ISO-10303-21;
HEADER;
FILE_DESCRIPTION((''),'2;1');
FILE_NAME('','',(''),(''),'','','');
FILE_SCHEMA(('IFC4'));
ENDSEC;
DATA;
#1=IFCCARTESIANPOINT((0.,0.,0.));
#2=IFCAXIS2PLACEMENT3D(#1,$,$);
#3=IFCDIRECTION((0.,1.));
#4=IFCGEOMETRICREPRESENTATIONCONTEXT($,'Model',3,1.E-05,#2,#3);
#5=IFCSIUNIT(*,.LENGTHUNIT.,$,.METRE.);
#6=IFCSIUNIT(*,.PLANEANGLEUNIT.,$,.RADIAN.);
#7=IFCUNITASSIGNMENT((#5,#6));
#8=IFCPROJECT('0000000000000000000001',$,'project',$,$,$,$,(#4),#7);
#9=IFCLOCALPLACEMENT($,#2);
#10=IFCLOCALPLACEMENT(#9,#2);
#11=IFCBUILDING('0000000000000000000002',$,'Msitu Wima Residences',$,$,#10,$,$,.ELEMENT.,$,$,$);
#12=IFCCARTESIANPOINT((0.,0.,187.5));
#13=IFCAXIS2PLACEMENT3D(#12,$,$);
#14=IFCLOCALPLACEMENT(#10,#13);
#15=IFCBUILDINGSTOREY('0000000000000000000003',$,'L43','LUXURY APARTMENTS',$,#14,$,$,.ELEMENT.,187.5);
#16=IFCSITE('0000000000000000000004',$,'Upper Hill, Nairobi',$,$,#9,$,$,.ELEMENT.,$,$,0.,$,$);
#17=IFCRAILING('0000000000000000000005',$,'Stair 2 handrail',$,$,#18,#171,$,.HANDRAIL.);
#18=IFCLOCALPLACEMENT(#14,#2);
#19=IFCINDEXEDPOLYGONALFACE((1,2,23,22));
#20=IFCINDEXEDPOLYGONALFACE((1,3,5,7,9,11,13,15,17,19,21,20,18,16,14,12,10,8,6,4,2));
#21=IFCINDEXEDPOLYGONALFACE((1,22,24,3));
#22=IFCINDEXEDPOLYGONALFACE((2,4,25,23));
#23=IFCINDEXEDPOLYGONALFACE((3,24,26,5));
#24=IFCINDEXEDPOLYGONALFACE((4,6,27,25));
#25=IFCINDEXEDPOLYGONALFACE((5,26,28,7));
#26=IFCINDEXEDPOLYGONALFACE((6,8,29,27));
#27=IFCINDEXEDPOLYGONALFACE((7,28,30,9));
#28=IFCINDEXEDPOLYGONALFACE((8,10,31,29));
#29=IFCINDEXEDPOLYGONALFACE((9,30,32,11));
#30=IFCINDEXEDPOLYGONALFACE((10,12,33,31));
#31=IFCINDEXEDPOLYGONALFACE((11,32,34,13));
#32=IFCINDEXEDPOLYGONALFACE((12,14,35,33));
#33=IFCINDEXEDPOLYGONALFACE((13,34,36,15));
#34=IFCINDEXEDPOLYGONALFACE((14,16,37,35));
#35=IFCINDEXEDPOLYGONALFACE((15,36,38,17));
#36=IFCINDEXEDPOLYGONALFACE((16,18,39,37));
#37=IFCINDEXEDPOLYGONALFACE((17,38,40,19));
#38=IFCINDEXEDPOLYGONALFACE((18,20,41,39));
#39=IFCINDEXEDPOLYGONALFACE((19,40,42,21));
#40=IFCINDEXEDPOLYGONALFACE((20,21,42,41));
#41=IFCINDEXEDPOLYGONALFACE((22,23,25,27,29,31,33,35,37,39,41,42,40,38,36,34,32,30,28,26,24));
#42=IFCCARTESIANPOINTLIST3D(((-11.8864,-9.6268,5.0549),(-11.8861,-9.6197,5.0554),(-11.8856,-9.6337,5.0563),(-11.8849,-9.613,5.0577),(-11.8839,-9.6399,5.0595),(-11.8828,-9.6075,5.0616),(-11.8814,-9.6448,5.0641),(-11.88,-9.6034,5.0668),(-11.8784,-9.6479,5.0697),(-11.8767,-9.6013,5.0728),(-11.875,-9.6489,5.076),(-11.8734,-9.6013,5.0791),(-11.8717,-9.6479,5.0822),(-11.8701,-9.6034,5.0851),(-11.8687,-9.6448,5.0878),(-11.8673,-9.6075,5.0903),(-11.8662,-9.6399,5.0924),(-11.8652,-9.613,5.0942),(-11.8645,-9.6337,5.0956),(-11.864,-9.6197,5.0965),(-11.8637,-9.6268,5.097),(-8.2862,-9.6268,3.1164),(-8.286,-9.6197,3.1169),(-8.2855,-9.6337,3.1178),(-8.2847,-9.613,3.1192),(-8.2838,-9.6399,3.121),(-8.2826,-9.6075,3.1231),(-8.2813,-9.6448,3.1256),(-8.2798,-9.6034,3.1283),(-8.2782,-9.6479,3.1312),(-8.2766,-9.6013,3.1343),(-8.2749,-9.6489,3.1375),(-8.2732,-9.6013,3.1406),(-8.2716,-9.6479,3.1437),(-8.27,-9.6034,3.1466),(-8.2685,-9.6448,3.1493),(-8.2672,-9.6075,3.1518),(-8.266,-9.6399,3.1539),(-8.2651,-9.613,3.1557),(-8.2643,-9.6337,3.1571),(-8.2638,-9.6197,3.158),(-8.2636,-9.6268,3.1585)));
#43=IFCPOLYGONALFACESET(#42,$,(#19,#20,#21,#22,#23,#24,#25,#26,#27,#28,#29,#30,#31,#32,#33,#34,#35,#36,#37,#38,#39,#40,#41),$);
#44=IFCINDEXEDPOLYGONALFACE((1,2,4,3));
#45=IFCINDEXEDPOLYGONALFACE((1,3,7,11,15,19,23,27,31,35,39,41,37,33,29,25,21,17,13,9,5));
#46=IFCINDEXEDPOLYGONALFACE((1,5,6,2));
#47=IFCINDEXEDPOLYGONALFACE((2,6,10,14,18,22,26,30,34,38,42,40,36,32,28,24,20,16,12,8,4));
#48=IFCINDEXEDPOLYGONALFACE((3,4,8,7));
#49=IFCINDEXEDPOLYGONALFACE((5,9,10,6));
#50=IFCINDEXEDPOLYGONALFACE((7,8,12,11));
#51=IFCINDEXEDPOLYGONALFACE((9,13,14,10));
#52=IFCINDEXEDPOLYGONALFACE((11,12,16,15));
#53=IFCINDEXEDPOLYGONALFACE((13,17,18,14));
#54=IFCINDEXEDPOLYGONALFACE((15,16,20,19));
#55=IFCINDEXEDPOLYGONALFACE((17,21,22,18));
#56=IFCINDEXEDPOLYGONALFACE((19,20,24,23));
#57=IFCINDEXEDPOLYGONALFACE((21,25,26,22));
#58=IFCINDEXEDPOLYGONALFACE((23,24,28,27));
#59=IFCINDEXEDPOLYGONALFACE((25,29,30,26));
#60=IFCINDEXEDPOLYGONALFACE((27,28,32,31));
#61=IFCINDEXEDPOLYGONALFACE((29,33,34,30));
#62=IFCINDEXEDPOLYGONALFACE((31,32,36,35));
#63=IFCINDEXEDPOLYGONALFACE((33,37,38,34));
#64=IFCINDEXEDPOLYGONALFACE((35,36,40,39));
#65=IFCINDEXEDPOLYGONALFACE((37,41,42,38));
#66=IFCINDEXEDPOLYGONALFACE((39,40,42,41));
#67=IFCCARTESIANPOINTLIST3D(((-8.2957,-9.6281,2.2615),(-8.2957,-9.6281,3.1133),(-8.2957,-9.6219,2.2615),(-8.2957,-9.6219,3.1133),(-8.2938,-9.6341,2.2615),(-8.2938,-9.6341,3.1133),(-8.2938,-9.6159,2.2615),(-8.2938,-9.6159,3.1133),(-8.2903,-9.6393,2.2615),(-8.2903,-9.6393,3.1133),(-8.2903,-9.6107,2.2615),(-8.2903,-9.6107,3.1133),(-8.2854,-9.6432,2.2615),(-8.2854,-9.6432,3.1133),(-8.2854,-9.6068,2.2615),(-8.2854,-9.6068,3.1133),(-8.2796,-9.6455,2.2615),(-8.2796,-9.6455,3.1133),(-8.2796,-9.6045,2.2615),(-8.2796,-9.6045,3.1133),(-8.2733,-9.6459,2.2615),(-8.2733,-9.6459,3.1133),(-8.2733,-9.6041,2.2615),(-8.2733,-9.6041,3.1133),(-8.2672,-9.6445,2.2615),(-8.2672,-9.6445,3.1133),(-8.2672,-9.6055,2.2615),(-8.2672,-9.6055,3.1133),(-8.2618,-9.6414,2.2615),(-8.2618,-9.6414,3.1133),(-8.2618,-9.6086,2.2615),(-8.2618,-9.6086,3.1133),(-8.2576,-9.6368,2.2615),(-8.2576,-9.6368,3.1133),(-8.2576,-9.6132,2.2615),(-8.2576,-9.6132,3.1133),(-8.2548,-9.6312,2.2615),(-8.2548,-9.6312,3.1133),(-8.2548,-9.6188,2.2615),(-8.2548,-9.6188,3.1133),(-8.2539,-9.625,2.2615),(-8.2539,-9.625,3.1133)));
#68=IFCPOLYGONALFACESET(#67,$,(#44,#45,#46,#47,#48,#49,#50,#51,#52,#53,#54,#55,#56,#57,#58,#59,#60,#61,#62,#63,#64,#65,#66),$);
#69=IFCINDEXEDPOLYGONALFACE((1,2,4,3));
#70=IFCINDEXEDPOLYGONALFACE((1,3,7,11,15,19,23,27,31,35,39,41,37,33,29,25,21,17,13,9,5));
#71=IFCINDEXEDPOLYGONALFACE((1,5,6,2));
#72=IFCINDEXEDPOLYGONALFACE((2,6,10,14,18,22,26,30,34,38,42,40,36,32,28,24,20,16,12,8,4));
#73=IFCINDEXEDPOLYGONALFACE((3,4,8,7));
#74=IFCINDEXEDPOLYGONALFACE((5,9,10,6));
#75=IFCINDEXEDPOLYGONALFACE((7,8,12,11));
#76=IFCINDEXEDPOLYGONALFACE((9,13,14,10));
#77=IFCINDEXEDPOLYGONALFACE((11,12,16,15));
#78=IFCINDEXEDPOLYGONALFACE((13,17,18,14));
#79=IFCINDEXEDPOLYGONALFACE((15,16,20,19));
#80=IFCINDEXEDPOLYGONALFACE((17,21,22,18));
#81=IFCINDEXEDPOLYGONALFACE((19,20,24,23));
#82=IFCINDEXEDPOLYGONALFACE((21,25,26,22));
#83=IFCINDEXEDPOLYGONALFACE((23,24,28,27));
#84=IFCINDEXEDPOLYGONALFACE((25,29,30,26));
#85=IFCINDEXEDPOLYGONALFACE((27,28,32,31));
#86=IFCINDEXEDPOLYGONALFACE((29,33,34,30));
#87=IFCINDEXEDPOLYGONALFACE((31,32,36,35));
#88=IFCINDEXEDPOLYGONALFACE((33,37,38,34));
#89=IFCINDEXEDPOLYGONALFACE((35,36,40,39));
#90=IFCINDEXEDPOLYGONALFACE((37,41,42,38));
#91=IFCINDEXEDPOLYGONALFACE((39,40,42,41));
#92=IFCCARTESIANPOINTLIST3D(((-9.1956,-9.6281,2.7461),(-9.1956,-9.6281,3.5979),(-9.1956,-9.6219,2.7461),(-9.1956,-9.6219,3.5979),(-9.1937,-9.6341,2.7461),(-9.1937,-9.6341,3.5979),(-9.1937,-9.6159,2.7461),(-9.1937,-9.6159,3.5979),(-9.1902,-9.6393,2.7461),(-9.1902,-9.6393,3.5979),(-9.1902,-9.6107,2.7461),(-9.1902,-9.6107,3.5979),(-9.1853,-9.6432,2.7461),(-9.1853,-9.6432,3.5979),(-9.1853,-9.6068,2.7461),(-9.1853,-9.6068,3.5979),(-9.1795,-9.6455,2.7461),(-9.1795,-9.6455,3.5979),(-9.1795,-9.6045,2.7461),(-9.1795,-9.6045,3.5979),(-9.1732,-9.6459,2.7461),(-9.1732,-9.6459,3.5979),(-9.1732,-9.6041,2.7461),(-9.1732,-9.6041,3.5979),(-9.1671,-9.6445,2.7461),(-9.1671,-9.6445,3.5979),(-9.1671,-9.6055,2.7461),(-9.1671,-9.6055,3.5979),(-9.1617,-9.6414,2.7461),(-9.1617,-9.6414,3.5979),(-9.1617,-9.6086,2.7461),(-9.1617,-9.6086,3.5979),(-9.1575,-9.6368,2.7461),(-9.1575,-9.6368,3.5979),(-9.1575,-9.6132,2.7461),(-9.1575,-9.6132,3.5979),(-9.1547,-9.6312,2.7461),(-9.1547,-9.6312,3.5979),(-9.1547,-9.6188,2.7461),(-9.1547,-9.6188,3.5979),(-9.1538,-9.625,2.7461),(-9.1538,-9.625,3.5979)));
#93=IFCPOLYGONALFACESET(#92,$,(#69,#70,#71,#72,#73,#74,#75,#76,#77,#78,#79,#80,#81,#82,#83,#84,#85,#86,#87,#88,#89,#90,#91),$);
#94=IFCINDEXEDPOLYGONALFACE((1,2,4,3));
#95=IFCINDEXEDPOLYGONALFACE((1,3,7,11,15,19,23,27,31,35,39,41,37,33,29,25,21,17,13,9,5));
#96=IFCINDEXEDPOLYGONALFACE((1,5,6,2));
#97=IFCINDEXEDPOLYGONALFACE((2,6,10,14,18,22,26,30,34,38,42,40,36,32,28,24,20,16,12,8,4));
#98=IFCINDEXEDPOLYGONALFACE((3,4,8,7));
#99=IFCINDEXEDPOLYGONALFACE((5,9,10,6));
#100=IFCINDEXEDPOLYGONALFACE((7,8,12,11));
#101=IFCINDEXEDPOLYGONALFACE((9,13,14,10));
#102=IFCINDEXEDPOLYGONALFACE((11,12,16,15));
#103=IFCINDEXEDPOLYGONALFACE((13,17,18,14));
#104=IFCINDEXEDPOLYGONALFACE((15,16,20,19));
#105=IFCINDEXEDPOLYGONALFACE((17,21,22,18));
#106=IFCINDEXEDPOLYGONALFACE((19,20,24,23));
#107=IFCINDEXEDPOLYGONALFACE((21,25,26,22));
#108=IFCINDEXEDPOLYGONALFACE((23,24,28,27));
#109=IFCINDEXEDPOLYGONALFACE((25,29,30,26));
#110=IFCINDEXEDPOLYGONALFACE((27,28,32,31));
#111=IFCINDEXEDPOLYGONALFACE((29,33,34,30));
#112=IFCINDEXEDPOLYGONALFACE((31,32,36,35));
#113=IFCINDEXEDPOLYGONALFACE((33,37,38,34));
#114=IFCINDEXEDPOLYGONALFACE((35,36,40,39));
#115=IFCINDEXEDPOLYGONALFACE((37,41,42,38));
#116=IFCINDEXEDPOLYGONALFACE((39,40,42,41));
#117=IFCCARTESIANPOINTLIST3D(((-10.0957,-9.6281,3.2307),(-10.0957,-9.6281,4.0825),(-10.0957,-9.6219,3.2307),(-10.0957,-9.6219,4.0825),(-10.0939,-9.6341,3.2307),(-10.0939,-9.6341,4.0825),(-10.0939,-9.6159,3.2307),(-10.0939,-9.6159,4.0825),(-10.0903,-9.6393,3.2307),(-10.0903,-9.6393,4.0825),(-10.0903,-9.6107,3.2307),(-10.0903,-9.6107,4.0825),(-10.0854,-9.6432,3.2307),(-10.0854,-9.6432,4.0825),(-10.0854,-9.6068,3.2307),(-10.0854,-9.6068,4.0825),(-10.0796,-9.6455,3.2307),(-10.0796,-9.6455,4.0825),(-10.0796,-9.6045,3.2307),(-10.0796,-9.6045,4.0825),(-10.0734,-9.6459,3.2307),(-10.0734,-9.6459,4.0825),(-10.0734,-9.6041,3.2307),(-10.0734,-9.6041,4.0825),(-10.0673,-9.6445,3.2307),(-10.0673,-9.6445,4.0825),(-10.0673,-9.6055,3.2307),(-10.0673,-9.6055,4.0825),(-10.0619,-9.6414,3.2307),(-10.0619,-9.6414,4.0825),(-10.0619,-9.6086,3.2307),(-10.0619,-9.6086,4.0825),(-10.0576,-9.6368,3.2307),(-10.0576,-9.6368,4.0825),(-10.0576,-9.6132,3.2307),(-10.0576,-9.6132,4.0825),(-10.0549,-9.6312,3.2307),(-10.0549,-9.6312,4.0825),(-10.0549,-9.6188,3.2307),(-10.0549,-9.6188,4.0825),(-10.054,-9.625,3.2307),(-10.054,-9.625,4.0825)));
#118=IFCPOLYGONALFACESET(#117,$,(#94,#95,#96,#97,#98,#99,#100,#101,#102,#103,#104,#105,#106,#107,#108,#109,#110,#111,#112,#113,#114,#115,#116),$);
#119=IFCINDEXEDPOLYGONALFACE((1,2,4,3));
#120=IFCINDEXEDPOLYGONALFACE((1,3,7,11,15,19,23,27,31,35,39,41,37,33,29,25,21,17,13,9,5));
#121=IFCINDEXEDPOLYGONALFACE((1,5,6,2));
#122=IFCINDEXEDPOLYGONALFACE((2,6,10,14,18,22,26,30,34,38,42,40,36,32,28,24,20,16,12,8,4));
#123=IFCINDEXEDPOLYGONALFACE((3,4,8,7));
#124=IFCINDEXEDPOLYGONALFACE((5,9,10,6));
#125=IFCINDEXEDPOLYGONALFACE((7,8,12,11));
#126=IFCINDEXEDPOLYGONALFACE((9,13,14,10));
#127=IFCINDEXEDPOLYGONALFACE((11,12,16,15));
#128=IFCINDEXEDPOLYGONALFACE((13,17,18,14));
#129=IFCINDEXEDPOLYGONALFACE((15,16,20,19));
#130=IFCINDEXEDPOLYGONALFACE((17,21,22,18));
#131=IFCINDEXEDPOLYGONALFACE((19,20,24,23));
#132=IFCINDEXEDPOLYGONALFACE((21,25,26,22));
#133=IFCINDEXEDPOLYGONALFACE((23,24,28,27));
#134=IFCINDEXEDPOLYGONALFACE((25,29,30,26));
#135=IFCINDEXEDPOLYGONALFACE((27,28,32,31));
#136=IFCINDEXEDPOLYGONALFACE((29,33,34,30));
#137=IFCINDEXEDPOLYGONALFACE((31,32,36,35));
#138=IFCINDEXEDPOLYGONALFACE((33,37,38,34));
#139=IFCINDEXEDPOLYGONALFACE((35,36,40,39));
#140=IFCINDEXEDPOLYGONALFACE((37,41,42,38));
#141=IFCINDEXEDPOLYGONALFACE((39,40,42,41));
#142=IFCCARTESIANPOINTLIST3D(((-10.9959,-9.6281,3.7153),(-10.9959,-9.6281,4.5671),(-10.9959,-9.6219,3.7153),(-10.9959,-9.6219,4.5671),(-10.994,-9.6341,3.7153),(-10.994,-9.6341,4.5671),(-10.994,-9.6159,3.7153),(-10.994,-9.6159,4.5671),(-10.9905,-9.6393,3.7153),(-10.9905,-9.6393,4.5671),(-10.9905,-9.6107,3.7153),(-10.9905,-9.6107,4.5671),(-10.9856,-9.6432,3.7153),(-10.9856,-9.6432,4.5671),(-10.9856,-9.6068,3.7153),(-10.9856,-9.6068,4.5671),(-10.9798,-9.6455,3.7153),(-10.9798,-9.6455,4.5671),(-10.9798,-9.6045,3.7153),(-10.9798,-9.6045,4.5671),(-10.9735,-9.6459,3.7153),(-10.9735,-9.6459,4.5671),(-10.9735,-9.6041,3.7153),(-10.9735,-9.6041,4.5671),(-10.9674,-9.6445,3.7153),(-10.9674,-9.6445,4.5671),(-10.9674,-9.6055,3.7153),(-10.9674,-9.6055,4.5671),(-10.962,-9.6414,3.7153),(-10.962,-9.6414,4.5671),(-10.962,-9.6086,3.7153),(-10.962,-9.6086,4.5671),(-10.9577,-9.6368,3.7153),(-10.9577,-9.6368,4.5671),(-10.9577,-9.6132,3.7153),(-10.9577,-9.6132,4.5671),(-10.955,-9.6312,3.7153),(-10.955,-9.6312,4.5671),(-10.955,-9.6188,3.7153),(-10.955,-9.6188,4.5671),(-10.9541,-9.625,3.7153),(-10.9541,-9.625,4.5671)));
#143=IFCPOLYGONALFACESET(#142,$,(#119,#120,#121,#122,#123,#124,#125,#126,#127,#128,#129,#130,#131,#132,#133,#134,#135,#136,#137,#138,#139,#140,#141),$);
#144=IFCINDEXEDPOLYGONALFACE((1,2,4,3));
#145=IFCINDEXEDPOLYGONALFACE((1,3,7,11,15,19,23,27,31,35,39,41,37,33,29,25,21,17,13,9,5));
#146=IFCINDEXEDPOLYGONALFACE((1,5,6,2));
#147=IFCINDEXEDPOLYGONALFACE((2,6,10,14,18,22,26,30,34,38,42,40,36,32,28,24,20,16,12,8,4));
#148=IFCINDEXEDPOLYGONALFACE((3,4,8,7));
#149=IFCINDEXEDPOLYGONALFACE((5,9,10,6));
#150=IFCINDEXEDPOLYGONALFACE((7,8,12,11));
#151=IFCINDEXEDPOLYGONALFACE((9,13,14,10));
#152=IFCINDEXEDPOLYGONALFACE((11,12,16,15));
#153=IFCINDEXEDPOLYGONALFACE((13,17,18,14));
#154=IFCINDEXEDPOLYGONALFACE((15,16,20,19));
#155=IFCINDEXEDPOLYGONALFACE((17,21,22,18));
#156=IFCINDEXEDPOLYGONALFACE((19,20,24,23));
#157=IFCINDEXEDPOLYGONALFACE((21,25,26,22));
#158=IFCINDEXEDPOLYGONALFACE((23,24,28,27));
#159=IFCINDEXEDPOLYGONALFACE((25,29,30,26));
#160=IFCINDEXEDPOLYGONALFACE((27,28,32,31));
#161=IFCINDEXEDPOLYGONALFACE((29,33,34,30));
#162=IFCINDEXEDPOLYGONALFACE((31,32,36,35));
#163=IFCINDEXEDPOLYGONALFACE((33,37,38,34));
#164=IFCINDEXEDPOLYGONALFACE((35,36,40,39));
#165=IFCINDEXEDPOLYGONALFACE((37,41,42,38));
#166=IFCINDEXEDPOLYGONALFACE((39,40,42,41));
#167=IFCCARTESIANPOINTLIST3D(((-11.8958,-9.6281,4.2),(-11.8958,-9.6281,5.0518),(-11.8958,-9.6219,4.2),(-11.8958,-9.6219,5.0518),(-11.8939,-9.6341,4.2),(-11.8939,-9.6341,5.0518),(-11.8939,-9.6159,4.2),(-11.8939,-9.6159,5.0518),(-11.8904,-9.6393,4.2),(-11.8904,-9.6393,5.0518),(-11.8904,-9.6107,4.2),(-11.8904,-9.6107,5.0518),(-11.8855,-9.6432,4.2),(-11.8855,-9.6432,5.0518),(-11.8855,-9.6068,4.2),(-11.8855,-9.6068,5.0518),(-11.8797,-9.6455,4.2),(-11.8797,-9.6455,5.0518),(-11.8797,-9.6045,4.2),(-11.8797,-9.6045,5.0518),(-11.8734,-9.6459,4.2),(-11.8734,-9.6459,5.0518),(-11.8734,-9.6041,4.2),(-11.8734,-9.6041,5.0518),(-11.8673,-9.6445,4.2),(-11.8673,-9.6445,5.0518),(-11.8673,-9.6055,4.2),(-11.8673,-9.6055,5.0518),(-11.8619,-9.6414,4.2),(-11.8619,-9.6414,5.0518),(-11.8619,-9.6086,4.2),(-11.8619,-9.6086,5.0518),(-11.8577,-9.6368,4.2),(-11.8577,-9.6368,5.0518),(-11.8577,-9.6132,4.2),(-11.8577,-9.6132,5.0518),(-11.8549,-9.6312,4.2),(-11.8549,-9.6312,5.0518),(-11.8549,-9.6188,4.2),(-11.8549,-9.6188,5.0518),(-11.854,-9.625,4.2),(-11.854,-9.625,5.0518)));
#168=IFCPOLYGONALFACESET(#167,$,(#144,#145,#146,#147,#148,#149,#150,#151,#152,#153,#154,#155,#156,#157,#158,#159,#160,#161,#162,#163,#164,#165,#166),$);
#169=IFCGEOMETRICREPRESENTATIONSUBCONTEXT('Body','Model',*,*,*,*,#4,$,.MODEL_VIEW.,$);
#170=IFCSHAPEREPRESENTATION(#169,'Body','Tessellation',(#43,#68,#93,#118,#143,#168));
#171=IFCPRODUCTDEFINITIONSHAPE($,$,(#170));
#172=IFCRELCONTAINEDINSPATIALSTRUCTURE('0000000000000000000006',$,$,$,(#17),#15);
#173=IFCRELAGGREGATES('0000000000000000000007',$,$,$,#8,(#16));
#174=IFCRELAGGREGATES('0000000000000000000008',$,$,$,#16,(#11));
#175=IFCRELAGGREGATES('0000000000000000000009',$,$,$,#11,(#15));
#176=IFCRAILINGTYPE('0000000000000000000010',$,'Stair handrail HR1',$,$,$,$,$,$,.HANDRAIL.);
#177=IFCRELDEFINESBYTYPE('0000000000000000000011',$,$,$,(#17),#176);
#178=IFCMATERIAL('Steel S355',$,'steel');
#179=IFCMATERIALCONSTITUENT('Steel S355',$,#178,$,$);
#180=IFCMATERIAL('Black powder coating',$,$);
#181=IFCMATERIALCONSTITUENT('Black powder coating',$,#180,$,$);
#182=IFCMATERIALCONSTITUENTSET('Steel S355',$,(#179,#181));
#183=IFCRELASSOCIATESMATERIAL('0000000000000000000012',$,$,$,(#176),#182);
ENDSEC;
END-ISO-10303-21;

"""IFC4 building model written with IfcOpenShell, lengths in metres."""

from ifc_helpers import new_model, si_unit, direction, frame, origin, origin_2d, place, context, subcontext, project, spatial, circle, extrude, material, constituent, constituent_set, type_object, element, save


model = new_model("IFC4")

# Units and contexts
model_context = context("Model", 3, precision=1e-05, world=origin(), true_north=direction((0.0, 1.0)))
body_context = subcontext(model_context, "Body", "Model", "MODEL_VIEW")
ifc_project = project(units=[si_unit("LENGTHUNIT", "METRE"), si_unit("PLANEANGLEUNIT", "RADIAN")], contexts=[model_context])

# Site, building, storey
site_placement = place(None, origin())
site = spatial("IfcSite", under=ifc_project, at=site_placement, Name="Upper Hill, Nairobi", CompositionType="ELEMENT", RefElevation=0.0)
building_placement = place(site_placement, origin())
building = spatial("IfcBuilding", under=site, at=building_placement, Name="Msitu Wima Residences", CompositionType="ELEMENT")
storey_placement = place(building_placement, frame((0.0, 0.0, 187.5)))
storey = spatial("IfcBuildingStorey", under=building, at=storey_placement, Name="L43", Description="LUXURY APARTMENTS", CompositionType="ELEMENT", Elevation=187.5)

# Railing
ifc_material_1 = material(Name="Steel S355", Category="steel")
ifc_constituent_1 = constituent(ifc_material_1, Name="Steel S355")
ifc_material_2 = material(Name="Black powder coating")
ifc_constituent_2 = constituent(ifc_material_2, Name="Black powder coating")
ifc_constituent_set = constituent_set(constituents=[ifc_constituent_1, ifc_constituent_2], Name="Steel S355")
railing_type = type_object("IfcRailingType", Name="Stair handrail HR1", PredefinedType="HANDRAIL", material=ifc_constituent_set)
for number, where, name in (
    (1, (-8.2749, -9.625, 2.2615), "Stair 2 handrail"),
):
    element("IfcRailing", number, at=place(storey_placement, frame(where)), inside=storey, type_object=railing_type, Name=name, PredefinedType="HANDRAIL", context=body_context, shape_type="SweptSolid", body=[
        extrude(circle(Radius=0.0239, at=origin_2d()), frame((0.0, 0.0, 0.876), z_axis=(-0.880475, 0.0, 0.474093), x_axis=(0.0, -1.0, 0.0)), (0.0, 0.0, 1.0), 4.0889),
        extrude(circle(Radius=0.021, at=origin_2d()), origin(), (0.0, 0.0, 1.0), 0.8518),
        extrude(circle(Radius=0.021, at=origin_2d()), frame((-0.8999, 0.0, 0.4846)), (0.0, 0.0, 1.0), 0.8518),
        extrude(circle(Radius=0.021, at=origin_2d()), frame((-1.8, 0.0, 0.9692)), (0.0, 0.0, 1.0), 0.8518),
        extrude(circle(Radius=0.021, at=origin_2d()), frame((-2.7002, 0.0, 1.4539)), (0.0, 0.0, 1.0), 0.8518),
        extrude(circle(Radius=0.021, at=origin_2d()), frame((-3.6001, 0.0, 1.9385)), (0.0, 0.0, 1.0), 0.8518),
    ])

save(model, "model.ifc")
